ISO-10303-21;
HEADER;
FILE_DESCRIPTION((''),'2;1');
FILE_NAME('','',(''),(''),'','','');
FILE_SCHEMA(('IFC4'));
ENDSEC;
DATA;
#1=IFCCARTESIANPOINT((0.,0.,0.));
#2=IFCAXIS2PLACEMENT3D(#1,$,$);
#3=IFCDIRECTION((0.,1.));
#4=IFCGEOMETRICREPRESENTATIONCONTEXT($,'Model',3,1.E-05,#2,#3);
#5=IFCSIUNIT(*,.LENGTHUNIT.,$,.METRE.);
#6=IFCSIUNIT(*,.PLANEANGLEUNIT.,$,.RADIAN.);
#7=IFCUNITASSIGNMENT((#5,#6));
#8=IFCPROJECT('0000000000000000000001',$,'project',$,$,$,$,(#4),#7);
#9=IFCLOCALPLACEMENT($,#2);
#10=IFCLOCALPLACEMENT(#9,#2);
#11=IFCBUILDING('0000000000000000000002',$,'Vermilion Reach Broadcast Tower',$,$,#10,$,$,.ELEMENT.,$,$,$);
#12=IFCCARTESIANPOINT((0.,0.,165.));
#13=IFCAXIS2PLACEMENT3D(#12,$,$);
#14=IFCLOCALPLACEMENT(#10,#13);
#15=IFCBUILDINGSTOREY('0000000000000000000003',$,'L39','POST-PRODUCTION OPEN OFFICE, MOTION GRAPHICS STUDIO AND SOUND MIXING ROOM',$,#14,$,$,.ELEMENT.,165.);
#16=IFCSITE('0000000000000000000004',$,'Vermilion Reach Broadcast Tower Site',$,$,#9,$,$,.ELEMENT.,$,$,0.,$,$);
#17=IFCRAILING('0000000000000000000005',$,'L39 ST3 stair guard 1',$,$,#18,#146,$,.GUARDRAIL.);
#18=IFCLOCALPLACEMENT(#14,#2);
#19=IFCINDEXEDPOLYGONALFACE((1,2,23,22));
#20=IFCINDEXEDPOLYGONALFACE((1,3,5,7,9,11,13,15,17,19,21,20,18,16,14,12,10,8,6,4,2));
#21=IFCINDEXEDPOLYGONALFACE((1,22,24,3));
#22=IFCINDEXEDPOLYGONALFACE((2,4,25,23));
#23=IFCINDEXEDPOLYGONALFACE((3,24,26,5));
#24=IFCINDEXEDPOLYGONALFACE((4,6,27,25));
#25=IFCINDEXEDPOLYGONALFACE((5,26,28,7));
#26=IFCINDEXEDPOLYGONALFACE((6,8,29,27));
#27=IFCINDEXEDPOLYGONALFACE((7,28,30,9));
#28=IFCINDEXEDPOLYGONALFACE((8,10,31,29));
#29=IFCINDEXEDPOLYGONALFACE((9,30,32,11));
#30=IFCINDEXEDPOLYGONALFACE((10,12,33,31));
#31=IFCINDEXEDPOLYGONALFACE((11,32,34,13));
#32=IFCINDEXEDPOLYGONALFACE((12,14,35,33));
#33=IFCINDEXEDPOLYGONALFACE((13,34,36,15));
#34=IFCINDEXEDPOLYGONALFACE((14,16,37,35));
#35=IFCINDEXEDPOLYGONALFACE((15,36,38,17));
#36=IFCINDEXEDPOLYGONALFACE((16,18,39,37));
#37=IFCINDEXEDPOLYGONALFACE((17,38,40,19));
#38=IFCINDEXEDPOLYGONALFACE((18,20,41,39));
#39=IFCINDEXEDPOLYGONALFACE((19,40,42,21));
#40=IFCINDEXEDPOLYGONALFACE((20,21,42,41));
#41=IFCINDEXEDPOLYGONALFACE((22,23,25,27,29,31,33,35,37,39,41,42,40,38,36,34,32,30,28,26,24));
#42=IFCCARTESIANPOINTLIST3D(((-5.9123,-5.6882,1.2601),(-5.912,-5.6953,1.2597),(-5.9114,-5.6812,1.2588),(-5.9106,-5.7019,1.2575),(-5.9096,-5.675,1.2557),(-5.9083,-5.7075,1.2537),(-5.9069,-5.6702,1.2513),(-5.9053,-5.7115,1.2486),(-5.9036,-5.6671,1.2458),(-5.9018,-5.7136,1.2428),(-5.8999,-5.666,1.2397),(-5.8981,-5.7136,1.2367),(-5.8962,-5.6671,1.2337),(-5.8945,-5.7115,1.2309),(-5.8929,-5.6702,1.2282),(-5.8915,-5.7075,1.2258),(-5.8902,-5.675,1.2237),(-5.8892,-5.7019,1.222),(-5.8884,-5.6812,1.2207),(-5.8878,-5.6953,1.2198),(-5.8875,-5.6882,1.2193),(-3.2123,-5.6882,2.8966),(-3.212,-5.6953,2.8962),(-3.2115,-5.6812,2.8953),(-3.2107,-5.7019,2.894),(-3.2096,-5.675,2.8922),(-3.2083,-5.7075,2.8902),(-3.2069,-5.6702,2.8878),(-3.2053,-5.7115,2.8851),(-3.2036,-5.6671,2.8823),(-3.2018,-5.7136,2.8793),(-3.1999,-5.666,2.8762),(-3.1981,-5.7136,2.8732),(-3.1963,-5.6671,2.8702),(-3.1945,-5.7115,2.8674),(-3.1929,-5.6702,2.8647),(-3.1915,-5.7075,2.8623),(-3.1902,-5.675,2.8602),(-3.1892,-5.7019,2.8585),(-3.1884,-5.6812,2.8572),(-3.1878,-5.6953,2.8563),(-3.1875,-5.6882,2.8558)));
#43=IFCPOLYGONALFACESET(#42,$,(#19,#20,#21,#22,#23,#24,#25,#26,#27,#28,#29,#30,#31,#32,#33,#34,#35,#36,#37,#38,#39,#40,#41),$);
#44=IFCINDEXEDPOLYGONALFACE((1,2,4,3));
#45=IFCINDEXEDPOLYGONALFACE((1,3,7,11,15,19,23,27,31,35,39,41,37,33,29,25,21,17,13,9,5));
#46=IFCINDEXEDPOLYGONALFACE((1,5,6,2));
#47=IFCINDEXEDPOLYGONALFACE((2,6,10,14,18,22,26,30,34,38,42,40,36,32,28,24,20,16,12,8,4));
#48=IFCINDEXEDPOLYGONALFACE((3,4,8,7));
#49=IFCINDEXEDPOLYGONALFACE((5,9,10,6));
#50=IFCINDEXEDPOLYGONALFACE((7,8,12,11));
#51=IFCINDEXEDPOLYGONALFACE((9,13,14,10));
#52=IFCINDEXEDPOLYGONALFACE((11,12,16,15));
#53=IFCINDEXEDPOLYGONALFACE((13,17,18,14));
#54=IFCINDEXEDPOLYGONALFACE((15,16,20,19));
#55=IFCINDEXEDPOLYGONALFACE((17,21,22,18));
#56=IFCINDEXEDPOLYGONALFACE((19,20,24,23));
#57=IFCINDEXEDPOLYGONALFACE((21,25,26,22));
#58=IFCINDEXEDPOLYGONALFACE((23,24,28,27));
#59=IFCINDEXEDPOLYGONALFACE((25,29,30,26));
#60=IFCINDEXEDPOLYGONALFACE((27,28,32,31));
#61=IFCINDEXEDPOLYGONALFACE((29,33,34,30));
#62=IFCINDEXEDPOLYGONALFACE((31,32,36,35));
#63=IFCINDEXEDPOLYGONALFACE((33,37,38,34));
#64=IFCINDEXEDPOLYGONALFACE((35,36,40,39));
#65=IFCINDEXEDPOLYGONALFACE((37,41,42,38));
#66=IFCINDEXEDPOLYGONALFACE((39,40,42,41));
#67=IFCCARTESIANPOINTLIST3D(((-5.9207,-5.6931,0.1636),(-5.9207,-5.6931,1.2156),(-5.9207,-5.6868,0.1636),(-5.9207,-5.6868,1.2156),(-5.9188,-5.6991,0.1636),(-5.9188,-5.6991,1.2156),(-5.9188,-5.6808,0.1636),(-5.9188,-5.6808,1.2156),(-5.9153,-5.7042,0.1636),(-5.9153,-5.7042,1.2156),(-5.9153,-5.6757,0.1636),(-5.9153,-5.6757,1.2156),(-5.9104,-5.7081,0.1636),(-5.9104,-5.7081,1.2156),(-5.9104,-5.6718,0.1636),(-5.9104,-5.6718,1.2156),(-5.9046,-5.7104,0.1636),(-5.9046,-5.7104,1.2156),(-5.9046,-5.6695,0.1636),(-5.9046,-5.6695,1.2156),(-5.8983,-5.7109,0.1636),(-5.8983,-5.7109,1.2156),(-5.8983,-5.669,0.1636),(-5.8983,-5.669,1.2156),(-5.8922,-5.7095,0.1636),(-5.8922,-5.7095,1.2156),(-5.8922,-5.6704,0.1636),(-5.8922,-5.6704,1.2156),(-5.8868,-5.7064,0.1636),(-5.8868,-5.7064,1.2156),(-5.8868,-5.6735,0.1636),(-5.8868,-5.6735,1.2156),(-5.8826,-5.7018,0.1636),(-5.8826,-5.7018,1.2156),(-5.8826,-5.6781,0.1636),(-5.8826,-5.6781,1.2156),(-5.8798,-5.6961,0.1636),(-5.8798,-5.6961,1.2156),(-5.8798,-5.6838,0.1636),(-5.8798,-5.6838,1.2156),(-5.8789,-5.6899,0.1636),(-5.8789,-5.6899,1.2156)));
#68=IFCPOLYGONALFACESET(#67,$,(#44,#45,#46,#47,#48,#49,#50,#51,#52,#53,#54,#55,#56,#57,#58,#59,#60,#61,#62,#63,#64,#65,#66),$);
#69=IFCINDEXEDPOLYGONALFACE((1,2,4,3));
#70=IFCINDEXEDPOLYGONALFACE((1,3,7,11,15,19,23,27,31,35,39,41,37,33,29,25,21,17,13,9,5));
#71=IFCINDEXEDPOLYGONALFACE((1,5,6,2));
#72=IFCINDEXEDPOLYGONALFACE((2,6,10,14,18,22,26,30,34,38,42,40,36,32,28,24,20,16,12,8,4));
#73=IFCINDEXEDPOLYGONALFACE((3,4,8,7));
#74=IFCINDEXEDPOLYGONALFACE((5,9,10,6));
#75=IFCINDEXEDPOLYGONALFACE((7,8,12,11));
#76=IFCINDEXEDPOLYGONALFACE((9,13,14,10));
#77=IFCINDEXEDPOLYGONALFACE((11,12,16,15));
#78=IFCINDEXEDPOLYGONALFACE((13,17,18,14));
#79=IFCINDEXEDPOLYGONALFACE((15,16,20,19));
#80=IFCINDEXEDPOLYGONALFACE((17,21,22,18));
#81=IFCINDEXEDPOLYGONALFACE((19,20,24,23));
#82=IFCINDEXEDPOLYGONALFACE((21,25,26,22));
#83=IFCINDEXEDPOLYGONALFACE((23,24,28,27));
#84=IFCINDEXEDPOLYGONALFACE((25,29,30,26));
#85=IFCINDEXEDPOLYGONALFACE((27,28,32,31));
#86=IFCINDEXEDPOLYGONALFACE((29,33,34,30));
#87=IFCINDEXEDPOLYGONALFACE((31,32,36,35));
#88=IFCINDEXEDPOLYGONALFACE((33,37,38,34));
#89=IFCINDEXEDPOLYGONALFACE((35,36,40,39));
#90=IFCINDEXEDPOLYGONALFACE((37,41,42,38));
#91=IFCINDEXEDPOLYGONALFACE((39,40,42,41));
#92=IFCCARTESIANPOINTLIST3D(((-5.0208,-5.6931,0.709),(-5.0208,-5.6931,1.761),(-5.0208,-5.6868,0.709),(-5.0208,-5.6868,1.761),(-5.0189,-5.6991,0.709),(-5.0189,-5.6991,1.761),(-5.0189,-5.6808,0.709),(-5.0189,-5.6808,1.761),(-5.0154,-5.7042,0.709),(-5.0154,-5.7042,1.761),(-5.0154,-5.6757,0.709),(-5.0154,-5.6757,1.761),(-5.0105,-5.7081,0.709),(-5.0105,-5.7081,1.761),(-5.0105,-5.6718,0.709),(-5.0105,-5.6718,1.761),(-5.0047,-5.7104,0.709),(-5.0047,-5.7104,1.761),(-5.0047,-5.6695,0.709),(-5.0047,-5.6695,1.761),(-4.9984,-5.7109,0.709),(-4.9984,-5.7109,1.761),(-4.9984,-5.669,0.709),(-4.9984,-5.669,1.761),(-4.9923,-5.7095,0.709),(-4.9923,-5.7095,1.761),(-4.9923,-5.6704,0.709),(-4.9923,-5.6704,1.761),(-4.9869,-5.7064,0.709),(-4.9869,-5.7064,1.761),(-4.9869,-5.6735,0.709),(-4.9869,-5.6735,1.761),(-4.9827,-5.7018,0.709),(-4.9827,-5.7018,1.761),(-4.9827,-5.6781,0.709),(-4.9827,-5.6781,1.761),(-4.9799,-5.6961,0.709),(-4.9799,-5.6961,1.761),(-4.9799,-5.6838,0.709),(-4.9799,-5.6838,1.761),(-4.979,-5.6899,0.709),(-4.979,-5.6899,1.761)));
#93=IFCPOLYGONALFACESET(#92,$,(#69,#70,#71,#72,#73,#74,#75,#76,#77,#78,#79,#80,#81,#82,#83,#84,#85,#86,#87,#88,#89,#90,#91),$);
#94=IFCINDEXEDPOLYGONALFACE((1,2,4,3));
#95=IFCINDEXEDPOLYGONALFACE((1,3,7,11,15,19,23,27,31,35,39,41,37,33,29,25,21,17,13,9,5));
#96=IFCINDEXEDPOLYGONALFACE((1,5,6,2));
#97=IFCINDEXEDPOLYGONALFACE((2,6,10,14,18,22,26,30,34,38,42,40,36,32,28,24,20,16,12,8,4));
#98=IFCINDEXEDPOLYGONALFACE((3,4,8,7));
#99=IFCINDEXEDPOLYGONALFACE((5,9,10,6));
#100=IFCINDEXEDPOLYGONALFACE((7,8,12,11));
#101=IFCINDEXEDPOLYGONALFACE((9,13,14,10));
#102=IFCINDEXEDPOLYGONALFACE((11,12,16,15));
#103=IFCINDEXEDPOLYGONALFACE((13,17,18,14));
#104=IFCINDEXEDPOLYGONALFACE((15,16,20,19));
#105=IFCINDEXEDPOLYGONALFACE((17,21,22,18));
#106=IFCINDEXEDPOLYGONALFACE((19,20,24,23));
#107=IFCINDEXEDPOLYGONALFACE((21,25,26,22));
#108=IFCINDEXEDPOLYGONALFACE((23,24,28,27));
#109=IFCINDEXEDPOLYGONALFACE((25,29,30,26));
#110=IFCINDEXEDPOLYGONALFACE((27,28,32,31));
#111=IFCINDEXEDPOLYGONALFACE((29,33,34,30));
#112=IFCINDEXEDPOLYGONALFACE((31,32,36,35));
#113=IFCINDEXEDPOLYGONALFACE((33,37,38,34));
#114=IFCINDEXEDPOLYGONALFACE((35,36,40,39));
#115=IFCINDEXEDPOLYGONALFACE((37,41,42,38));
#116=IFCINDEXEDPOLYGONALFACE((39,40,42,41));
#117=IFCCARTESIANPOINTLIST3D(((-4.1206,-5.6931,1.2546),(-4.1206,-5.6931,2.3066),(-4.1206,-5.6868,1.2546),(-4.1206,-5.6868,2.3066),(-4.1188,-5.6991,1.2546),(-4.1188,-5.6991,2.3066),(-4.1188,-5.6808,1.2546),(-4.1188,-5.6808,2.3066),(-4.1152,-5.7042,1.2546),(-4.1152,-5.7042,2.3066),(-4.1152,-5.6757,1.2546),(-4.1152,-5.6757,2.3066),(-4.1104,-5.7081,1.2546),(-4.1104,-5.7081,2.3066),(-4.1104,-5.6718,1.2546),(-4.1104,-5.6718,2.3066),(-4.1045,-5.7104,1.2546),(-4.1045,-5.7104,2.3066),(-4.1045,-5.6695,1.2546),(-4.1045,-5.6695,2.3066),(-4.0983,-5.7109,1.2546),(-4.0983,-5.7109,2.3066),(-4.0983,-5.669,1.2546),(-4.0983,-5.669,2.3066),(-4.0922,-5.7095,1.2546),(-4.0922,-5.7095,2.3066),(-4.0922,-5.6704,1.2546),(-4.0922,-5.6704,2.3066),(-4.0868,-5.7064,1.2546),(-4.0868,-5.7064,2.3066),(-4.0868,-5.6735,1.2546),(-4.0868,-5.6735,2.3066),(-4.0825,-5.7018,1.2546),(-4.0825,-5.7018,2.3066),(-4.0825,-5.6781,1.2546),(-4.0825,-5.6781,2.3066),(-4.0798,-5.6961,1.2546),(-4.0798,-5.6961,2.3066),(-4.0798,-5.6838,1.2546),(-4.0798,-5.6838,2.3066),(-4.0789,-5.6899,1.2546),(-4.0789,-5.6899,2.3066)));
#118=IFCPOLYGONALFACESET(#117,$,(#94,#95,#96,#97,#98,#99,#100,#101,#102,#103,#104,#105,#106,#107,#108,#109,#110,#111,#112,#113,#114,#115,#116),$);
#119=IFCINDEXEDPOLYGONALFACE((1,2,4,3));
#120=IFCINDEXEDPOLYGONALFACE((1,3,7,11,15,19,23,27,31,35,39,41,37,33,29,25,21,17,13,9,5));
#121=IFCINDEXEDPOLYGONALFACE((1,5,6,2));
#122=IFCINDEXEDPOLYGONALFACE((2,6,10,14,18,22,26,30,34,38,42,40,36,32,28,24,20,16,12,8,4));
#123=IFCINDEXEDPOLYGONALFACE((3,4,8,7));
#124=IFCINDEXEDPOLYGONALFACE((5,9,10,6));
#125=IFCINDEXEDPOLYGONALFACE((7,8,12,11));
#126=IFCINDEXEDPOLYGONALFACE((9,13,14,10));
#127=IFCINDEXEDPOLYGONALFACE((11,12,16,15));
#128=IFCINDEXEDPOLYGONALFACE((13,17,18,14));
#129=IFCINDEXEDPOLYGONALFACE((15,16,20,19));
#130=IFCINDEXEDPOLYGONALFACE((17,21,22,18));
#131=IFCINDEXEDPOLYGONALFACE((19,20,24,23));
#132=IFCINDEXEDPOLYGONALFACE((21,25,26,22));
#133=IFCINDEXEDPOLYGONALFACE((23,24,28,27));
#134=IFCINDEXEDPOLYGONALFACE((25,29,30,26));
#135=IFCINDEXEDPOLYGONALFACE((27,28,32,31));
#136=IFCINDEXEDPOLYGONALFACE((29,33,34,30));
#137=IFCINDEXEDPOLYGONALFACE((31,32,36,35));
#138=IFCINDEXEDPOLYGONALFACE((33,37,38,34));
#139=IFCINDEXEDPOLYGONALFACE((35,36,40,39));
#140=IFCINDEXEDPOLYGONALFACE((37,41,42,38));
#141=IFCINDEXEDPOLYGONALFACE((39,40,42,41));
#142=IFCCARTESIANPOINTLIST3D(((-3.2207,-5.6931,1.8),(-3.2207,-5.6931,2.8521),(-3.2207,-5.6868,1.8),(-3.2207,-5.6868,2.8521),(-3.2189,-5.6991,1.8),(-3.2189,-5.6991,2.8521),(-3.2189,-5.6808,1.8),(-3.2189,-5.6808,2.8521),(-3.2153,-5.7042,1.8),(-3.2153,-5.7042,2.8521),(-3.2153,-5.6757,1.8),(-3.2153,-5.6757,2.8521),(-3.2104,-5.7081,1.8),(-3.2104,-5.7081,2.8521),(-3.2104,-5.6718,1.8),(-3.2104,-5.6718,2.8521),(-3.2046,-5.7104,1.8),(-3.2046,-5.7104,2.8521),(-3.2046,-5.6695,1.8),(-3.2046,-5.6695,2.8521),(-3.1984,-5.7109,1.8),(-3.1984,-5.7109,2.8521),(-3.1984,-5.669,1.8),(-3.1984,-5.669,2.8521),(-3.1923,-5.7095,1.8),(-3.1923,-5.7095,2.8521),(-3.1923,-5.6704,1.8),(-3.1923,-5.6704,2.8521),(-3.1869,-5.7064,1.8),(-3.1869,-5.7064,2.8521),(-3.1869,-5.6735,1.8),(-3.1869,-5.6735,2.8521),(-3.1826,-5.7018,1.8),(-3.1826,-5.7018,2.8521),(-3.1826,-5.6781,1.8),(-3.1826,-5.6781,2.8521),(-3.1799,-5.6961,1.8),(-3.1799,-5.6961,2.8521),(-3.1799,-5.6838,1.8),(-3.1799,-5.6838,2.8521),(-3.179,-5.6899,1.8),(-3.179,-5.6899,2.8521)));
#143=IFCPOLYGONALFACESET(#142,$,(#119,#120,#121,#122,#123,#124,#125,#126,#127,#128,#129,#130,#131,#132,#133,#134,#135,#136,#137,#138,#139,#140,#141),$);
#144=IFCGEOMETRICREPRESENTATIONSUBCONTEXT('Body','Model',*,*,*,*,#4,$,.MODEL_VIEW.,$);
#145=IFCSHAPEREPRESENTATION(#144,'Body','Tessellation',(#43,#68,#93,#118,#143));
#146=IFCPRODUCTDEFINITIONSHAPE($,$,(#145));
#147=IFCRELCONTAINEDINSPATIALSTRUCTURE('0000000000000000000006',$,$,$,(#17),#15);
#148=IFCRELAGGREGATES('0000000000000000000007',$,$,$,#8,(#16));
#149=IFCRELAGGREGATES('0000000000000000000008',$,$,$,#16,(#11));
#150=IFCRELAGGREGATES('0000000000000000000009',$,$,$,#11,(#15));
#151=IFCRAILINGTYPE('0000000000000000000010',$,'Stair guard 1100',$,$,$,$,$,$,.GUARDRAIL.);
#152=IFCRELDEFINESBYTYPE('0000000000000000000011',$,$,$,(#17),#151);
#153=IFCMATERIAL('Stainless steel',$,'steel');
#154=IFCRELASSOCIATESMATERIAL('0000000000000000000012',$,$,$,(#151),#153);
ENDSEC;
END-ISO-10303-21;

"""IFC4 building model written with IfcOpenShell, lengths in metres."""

from ifc_helpers import new_model, si_unit, direction, frame, origin, origin_2d, place, context, subcontext, project, spatial, circle, extrude, material, type_object, element, save


model = new_model("IFC4")

# Units and contexts
model_context = context("Model", 3, precision=1e-05, world=origin(), true_north=direction((0.0, 1.0)))
body_context = subcontext(model_context, "Body", "Model", "MODEL_VIEW")
ifc_project = project(units=[si_unit("LENGTHUNIT", "METRE"), si_unit("PLANEANGLEUNIT", "RADIAN")], contexts=[model_context])

# Site, building, storey
site_placement = place(None, origin())
site = spatial("IfcSite", under=ifc_project, at=site_placement, Name="Vermilion Reach Broadcast Tower Site", CompositionType="ELEMENT", RefElevation=0.0)
building_placement = place(site_placement, origin())
building = spatial("IfcBuilding", under=site, at=building_placement, Name="Vermilion Reach Broadcast Tower", CompositionType="ELEMENT")
storey_placement = place(building_placement, frame((0.0, 0.0, 165.0)))
storey = spatial("IfcBuildingStorey", under=building, at=storey_placement, Name="L39", Description="POST-PRODUCTION OPEN OFFICE, MOTION GRAPHICS STUDIO AND SOUND MIXING ROOM", CompositionType="ELEMENT", Elevation=165.0)

# Railing
ifc_material_1 = material(Name="Stainless steel", Category="steel")
railing_type_1 = type_object("IfcRailingType", Name="Stair guard 1100", PredefinedType="GUARDRAIL", material=ifc_material_1)
railing_1_placement = place(storey_placement, frame((-5.8999, -5.6899, 0.1636)))
element("IfcRailing", 1, at=railing_1_placement, inside=storey, type_object=railing_type_1, Name="L39 ST3 stair guard 1", PredefinedType="GUARDRAIL", context=body_context, shape_type="SweptSolid", body=[
    extrude(circle(Radius=0.0239, at=origin_2d()), frame((0.0, 0.0, 1.0762), z_axis=(0.855178, 0.0, 0.518334), x_axis=(0.0, 1.0, 0.0)), (0.0, 0.0, 1.0), 3.1572),
    extrude(circle(Radius=0.021, at=origin_2d()), origin(), (0.0, 0.0, 1.0), 1.052),
    extrude(circle(Radius=0.021, at=origin_2d()), frame((0.8999, 0.0, 0.5454)), (0.0, 0.0, 1.0), 1.052),
    extrude(circle(Radius=0.021, at=origin_2d()), frame((1.8, 0.0, 1.0911)), (0.0, 0.0, 1.0), 1.052),
    extrude(circle(Radius=0.021, at=origin_2d()), frame((2.7, 0.0, 1.6365)), (0.0, 0.0, 1.0), 1.052),
])

save(model, "model.ifc")
